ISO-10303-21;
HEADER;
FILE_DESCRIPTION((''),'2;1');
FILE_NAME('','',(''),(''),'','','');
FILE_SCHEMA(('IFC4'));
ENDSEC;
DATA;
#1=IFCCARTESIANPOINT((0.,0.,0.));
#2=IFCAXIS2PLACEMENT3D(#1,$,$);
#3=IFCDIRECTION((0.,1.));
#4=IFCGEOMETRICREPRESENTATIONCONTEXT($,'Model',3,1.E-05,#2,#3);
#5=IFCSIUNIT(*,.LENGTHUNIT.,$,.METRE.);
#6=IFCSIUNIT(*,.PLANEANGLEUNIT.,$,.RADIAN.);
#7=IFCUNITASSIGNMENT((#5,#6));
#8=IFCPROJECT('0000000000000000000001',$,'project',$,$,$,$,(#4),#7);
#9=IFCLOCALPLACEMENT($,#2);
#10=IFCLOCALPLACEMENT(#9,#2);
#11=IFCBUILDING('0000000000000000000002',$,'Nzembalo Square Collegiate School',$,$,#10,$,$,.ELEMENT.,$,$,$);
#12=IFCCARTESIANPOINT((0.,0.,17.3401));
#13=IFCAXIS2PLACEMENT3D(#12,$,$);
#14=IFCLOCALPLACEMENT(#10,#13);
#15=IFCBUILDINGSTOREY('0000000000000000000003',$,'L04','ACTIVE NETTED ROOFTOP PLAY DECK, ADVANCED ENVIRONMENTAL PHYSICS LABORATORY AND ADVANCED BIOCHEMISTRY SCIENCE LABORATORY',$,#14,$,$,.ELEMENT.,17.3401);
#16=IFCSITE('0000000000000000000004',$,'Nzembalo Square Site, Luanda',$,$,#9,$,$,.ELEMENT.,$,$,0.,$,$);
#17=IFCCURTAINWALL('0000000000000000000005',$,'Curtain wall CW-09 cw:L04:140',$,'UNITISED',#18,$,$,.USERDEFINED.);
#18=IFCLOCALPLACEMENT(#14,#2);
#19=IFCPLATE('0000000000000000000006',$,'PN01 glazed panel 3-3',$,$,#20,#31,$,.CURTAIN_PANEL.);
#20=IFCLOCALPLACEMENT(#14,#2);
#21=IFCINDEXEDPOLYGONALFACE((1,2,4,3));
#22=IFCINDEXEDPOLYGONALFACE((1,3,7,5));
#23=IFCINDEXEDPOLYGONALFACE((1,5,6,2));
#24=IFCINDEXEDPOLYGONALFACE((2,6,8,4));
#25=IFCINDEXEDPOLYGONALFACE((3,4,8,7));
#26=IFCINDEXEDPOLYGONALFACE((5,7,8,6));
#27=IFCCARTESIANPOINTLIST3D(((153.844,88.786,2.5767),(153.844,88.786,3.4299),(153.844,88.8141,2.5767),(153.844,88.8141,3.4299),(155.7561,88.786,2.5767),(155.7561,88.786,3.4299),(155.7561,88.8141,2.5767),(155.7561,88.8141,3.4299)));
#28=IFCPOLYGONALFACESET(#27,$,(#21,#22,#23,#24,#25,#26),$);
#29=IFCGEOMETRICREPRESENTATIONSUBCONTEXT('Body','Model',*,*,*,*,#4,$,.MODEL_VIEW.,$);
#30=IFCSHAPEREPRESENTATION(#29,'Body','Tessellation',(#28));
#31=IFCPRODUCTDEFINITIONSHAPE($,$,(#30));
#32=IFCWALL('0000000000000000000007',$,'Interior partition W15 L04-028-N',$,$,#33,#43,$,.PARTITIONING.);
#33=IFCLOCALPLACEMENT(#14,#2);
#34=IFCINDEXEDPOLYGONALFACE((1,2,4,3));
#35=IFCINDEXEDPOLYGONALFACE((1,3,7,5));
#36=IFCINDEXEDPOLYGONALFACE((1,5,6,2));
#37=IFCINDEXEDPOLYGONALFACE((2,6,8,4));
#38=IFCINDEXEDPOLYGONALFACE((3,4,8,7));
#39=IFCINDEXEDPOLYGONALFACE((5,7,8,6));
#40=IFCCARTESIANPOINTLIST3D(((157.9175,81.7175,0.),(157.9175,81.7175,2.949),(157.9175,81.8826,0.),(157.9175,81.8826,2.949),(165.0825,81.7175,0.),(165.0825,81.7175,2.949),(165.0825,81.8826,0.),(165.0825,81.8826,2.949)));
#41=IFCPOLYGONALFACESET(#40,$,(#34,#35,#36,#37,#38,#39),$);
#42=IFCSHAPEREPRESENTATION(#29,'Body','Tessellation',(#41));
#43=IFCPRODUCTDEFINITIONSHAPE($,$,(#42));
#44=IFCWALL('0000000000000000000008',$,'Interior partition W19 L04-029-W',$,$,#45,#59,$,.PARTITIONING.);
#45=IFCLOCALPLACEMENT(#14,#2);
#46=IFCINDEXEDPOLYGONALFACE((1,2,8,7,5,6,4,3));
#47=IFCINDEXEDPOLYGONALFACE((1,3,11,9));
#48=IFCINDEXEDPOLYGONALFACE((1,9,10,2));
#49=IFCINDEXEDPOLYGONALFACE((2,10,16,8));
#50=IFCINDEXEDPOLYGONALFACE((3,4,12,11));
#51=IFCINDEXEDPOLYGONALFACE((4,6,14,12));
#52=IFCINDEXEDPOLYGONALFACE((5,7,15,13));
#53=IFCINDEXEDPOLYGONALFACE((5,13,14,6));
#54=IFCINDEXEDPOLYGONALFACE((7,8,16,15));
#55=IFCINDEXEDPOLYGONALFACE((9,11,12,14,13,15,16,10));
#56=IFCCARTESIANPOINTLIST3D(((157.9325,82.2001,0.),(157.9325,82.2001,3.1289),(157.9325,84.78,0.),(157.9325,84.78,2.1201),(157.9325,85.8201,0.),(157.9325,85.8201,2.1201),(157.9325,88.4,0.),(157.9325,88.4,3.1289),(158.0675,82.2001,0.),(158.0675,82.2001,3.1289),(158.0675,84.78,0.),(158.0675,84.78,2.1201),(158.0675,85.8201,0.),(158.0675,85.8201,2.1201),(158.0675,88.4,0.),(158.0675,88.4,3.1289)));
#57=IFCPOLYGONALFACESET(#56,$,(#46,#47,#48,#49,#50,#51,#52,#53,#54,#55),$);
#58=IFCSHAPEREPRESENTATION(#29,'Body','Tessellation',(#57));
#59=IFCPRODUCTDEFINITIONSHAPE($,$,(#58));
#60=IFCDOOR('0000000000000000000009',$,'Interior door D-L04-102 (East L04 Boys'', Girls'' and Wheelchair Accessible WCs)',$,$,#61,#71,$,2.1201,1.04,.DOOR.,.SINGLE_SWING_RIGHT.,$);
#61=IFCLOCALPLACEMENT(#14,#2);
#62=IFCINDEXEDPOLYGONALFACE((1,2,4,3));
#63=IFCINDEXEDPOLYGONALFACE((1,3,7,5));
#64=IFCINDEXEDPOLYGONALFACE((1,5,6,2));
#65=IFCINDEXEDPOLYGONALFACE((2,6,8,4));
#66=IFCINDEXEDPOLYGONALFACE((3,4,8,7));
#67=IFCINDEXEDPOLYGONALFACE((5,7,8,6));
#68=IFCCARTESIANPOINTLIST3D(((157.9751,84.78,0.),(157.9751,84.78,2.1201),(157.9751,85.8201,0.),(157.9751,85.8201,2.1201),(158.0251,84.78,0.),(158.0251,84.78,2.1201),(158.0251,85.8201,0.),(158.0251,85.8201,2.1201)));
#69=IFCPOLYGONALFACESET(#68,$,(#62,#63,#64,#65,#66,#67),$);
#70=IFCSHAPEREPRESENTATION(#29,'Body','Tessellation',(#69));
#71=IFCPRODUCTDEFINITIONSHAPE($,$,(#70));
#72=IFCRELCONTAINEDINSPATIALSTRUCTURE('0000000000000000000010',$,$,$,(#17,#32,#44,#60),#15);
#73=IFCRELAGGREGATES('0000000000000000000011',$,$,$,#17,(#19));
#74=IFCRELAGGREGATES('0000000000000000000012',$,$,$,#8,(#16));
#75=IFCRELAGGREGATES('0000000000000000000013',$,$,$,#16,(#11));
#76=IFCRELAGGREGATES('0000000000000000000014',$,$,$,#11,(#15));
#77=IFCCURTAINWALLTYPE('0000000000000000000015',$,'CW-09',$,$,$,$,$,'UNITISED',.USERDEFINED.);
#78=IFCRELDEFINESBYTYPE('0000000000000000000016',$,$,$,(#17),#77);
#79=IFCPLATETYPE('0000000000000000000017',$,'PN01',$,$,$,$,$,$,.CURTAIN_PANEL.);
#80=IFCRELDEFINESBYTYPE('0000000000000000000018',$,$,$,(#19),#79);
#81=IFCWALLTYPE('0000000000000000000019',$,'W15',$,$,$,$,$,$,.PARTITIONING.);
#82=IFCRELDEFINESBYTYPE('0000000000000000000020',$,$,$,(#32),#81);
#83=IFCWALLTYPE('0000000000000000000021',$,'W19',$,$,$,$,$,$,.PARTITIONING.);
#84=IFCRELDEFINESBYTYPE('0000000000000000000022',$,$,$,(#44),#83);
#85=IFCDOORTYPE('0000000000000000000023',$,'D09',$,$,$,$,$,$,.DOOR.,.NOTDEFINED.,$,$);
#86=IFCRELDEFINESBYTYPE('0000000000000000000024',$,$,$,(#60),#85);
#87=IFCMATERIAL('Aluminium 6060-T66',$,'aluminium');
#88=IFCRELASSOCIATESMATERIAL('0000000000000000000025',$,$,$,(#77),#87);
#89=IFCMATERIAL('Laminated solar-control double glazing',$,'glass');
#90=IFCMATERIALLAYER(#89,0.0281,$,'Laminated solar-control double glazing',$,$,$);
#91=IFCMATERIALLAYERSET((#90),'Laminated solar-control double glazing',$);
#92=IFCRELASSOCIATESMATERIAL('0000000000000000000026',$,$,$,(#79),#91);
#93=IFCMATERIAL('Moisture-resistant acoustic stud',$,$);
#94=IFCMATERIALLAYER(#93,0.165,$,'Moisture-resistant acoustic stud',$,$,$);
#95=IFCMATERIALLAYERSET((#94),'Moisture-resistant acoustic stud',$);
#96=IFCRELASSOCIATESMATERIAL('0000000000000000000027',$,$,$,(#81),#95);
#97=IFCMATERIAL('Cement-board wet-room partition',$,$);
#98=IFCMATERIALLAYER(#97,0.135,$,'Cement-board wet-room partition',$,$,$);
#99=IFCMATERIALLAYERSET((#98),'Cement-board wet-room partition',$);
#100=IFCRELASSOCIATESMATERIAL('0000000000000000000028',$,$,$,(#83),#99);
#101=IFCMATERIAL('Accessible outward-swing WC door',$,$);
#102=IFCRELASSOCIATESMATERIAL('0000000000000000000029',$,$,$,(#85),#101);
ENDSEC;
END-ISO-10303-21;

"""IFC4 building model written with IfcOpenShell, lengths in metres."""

from ifc_helpers import new_model, si_unit, direction, frame, frame_2d, origin, origin_2d, place, context, subcontext, project, spatial, rectangle, extrude, material, layer, layer_set, type_object, element, fill, aggregate, save


model = new_model("IFC4")

# Units and contexts
model_context = context("Model", 3, precision=1e-05, world=origin(), true_north=direction((0.0, 1.0)))
body_context = subcontext(model_context, "Body", "Model", "MODEL_VIEW")
ifc_project = project(units=[si_unit("LENGTHUNIT", "METRE"), si_unit("PLANEANGLEUNIT", "RADIAN")], contexts=[model_context])

# Site, building, storey
site_placement = place(None, origin())
site = spatial("IfcSite", under=ifc_project, at=site_placement, Name="Nzembalo Square Site, Luanda", CompositionType="ELEMENT", RefElevation=0.0)
building_placement = place(site_placement, origin())
building = spatial("IfcBuilding", under=site, at=building_placement, Name="Nzembalo Square Collegiate School", CompositionType="ELEMENT")
storey_placement = place(building_placement, frame((0.0, 0.0, 17.3401)))
storey = spatial("IfcBuildingStorey", under=building, at=storey_placement, Name="L04", Description="ACTIVE NETTED ROOFTOP PLAY DECK, ADVANCED ENVIRONMENTAL PHYSICS LABORATORY AND ADVANCED BIOCHEMISTRY SCIENCE LABORATORY", CompositionType="ELEMENT", Elevation=17.3401)

# Curtain wall, plate
ifc_material_1 = material(Name="Aluminium 6060-T66", Category="aluminium")
curtain_wall_type = type_object("IfcCurtainWallType", Name="CW-09", ElementType="UNITISED", PredefinedType="USERDEFINED", material=ifc_material_1)
curtain_wall_placement = place(storey_placement, origin())
curtain_wall = element("IfcCurtainWall", 1, at=curtain_wall_placement, inside=storey, type_object=curtain_wall_type, Name="Curtain wall CW-09 cw:L04:140", ObjectType="UNITISED", PredefinedType="USERDEFINED")
ifc_material_2 = material(Name="Laminated solar-control double glazing", Category="glass")
ifc_layer_1 = layer(ifc_material_2, 0.0281, Name="Laminated solar-control double glazing")
ifc_layer_set_1 = layer_set([ifc_layer_1], Name="Laminated solar-control double glazing")
plate_type = type_object("IfcPlateType", Name="PN01", PredefinedType="CURTAIN_PANEL", material=ifc_layer_set_1)
plate_1_placement = place(storey_placement, frame((154.8, 88.8, 2.5767), z_axis=(0.0, 0.0, 1.0), x_axis=(1.0, 0.0, 0.0)))
plate_1 = element("IfcPlate", 2, at=plate_1_placement, type_object=plate_type, Name="PN01 glazed panel 3-3", PredefinedType="CURTAIN_PANEL", context=body_context, shape_type="SweptSolid", body=[
    extrude(rectangle(XDim=1.9121, YDim=0.0281, at=origin_2d()), origin(), (0.0, 0.0, 1.0), 0.8533),
])
aggregate(curtain_wall, [plate_1])

# Wall
ifc_material_3 = material(Name="Moisture-resistant acoustic stud")
ifc_layer_2 = layer(ifc_material_3, 0.165, Name="Moisture-resistant acoustic stud")
ifc_layer_set_2 = layer_set([ifc_layer_2], Name="Moisture-resistant acoustic stud")
wall_type_1 = type_object("IfcWallType", Name="W15", PredefinedType="PARTITIONING", material=ifc_layer_set_2)
wall_1_placement = place(storey_placement, frame((157.9175, 81.8, 0.0), z_axis=(0.0, 0.0, 1.0), x_axis=(1.0, 0.0, 0.0)))
element("IfcWall", 3, at=wall_1_placement, inside=storey, type_object=wall_type_1, Name="Interior partition W15 L04-028-N", PredefinedType="PARTITIONING", context=body_context, shape_type="SweptSolid", body=[
    extrude(rectangle(XDim=7.165, YDim=0.165, at=frame_2d((3.5825, 0.0))), origin(), (0.0, 0.0, 1.0), 2.949),
])

# Wall, opening, door
ifc_material_4 = material(Name="Cement-board wet-room partition")
ifc_layer_3 = layer(ifc_material_4, 0.135, Name="Cement-board wet-room partition")
ifc_layer_set_3 = layer_set([ifc_layer_3], Name="Cement-board wet-room partition")
wall_type_2 = type_object("IfcWallType", Name="W19", PredefinedType="PARTITIONING", material=ifc_layer_set_3)
wall_2_placement = place(storey_placement, frame((158.0, 82.2, 0.0), z_axis=(0.0, 0.0, 1.0), x_axis=(0.0, 1.0, 0.0)))
wall_2 = element("IfcWall", 4, at=wall_2_placement, inside=storey, type_object=wall_type_2, Name="Interior partition W19 L04-029-W", PredefinedType="PARTITIONING", context=body_context, shape_type="SweptSolid", body=[
    extrude(rectangle(XDim=6.2, YDim=0.135, at=frame_2d((3.1001, 0.0))), origin(), (0.0, 0.0, 1.0), 3.1289),
])
opening_placement = place(wall_2_placement, frame((2.5801, 0.0, 0.0)))
opening = element("IfcOpeningElement", 5, at=opening_placement, cuts=wall_2, PredefinedType="OPENING", context=body_context, shape_type="SweptSolid", body=[
    extrude(rectangle(XDim=1.04, YDim=2.1201, at=frame_2d((0.52, 1.0601))), frame((0.0, 0.0776, 0.0), z_axis=(0.0, -1.0, 0.0), x_axis=(1.0, 0.0, 0.0)), (0.0, 0.0, 1.0), 0.155),
])
ifc_material_5 = material(Name="Accessible outward-swing WC door")
door_type = type_object("IfcDoorType", Name="D09", OperationType="NOTDEFINED", PredefinedType="DOOR", material=ifc_material_5)
door_placement = place(opening_placement, origin())
door = element("IfcDoor", 6, at=door_placement, inside=storey, type_object=door_type, Name="Interior door D-L04-102 (East L04 Boys', Girls' and Wheelchair Accessible WCs)", OperationType="SINGLE_SWING_RIGHT", OverallHeight=2.1201, OverallWidth=1.04, PredefinedType="DOOR", context=body_context, shape_type="SweptSolid", body=[
    extrude(rectangle(XDim=1.04, YDim=2.1201, at=frame_2d((0.52, 1.0601))), frame((0.0, 0.0249, 0.0), z_axis=(0.0, -1.0, 0.0), x_axis=(1.0, 0.0, 0.0)), (0.0, 0.0, 1.0), 0.05),
])
fill(opening, door)

save(model, "model.ifc")
